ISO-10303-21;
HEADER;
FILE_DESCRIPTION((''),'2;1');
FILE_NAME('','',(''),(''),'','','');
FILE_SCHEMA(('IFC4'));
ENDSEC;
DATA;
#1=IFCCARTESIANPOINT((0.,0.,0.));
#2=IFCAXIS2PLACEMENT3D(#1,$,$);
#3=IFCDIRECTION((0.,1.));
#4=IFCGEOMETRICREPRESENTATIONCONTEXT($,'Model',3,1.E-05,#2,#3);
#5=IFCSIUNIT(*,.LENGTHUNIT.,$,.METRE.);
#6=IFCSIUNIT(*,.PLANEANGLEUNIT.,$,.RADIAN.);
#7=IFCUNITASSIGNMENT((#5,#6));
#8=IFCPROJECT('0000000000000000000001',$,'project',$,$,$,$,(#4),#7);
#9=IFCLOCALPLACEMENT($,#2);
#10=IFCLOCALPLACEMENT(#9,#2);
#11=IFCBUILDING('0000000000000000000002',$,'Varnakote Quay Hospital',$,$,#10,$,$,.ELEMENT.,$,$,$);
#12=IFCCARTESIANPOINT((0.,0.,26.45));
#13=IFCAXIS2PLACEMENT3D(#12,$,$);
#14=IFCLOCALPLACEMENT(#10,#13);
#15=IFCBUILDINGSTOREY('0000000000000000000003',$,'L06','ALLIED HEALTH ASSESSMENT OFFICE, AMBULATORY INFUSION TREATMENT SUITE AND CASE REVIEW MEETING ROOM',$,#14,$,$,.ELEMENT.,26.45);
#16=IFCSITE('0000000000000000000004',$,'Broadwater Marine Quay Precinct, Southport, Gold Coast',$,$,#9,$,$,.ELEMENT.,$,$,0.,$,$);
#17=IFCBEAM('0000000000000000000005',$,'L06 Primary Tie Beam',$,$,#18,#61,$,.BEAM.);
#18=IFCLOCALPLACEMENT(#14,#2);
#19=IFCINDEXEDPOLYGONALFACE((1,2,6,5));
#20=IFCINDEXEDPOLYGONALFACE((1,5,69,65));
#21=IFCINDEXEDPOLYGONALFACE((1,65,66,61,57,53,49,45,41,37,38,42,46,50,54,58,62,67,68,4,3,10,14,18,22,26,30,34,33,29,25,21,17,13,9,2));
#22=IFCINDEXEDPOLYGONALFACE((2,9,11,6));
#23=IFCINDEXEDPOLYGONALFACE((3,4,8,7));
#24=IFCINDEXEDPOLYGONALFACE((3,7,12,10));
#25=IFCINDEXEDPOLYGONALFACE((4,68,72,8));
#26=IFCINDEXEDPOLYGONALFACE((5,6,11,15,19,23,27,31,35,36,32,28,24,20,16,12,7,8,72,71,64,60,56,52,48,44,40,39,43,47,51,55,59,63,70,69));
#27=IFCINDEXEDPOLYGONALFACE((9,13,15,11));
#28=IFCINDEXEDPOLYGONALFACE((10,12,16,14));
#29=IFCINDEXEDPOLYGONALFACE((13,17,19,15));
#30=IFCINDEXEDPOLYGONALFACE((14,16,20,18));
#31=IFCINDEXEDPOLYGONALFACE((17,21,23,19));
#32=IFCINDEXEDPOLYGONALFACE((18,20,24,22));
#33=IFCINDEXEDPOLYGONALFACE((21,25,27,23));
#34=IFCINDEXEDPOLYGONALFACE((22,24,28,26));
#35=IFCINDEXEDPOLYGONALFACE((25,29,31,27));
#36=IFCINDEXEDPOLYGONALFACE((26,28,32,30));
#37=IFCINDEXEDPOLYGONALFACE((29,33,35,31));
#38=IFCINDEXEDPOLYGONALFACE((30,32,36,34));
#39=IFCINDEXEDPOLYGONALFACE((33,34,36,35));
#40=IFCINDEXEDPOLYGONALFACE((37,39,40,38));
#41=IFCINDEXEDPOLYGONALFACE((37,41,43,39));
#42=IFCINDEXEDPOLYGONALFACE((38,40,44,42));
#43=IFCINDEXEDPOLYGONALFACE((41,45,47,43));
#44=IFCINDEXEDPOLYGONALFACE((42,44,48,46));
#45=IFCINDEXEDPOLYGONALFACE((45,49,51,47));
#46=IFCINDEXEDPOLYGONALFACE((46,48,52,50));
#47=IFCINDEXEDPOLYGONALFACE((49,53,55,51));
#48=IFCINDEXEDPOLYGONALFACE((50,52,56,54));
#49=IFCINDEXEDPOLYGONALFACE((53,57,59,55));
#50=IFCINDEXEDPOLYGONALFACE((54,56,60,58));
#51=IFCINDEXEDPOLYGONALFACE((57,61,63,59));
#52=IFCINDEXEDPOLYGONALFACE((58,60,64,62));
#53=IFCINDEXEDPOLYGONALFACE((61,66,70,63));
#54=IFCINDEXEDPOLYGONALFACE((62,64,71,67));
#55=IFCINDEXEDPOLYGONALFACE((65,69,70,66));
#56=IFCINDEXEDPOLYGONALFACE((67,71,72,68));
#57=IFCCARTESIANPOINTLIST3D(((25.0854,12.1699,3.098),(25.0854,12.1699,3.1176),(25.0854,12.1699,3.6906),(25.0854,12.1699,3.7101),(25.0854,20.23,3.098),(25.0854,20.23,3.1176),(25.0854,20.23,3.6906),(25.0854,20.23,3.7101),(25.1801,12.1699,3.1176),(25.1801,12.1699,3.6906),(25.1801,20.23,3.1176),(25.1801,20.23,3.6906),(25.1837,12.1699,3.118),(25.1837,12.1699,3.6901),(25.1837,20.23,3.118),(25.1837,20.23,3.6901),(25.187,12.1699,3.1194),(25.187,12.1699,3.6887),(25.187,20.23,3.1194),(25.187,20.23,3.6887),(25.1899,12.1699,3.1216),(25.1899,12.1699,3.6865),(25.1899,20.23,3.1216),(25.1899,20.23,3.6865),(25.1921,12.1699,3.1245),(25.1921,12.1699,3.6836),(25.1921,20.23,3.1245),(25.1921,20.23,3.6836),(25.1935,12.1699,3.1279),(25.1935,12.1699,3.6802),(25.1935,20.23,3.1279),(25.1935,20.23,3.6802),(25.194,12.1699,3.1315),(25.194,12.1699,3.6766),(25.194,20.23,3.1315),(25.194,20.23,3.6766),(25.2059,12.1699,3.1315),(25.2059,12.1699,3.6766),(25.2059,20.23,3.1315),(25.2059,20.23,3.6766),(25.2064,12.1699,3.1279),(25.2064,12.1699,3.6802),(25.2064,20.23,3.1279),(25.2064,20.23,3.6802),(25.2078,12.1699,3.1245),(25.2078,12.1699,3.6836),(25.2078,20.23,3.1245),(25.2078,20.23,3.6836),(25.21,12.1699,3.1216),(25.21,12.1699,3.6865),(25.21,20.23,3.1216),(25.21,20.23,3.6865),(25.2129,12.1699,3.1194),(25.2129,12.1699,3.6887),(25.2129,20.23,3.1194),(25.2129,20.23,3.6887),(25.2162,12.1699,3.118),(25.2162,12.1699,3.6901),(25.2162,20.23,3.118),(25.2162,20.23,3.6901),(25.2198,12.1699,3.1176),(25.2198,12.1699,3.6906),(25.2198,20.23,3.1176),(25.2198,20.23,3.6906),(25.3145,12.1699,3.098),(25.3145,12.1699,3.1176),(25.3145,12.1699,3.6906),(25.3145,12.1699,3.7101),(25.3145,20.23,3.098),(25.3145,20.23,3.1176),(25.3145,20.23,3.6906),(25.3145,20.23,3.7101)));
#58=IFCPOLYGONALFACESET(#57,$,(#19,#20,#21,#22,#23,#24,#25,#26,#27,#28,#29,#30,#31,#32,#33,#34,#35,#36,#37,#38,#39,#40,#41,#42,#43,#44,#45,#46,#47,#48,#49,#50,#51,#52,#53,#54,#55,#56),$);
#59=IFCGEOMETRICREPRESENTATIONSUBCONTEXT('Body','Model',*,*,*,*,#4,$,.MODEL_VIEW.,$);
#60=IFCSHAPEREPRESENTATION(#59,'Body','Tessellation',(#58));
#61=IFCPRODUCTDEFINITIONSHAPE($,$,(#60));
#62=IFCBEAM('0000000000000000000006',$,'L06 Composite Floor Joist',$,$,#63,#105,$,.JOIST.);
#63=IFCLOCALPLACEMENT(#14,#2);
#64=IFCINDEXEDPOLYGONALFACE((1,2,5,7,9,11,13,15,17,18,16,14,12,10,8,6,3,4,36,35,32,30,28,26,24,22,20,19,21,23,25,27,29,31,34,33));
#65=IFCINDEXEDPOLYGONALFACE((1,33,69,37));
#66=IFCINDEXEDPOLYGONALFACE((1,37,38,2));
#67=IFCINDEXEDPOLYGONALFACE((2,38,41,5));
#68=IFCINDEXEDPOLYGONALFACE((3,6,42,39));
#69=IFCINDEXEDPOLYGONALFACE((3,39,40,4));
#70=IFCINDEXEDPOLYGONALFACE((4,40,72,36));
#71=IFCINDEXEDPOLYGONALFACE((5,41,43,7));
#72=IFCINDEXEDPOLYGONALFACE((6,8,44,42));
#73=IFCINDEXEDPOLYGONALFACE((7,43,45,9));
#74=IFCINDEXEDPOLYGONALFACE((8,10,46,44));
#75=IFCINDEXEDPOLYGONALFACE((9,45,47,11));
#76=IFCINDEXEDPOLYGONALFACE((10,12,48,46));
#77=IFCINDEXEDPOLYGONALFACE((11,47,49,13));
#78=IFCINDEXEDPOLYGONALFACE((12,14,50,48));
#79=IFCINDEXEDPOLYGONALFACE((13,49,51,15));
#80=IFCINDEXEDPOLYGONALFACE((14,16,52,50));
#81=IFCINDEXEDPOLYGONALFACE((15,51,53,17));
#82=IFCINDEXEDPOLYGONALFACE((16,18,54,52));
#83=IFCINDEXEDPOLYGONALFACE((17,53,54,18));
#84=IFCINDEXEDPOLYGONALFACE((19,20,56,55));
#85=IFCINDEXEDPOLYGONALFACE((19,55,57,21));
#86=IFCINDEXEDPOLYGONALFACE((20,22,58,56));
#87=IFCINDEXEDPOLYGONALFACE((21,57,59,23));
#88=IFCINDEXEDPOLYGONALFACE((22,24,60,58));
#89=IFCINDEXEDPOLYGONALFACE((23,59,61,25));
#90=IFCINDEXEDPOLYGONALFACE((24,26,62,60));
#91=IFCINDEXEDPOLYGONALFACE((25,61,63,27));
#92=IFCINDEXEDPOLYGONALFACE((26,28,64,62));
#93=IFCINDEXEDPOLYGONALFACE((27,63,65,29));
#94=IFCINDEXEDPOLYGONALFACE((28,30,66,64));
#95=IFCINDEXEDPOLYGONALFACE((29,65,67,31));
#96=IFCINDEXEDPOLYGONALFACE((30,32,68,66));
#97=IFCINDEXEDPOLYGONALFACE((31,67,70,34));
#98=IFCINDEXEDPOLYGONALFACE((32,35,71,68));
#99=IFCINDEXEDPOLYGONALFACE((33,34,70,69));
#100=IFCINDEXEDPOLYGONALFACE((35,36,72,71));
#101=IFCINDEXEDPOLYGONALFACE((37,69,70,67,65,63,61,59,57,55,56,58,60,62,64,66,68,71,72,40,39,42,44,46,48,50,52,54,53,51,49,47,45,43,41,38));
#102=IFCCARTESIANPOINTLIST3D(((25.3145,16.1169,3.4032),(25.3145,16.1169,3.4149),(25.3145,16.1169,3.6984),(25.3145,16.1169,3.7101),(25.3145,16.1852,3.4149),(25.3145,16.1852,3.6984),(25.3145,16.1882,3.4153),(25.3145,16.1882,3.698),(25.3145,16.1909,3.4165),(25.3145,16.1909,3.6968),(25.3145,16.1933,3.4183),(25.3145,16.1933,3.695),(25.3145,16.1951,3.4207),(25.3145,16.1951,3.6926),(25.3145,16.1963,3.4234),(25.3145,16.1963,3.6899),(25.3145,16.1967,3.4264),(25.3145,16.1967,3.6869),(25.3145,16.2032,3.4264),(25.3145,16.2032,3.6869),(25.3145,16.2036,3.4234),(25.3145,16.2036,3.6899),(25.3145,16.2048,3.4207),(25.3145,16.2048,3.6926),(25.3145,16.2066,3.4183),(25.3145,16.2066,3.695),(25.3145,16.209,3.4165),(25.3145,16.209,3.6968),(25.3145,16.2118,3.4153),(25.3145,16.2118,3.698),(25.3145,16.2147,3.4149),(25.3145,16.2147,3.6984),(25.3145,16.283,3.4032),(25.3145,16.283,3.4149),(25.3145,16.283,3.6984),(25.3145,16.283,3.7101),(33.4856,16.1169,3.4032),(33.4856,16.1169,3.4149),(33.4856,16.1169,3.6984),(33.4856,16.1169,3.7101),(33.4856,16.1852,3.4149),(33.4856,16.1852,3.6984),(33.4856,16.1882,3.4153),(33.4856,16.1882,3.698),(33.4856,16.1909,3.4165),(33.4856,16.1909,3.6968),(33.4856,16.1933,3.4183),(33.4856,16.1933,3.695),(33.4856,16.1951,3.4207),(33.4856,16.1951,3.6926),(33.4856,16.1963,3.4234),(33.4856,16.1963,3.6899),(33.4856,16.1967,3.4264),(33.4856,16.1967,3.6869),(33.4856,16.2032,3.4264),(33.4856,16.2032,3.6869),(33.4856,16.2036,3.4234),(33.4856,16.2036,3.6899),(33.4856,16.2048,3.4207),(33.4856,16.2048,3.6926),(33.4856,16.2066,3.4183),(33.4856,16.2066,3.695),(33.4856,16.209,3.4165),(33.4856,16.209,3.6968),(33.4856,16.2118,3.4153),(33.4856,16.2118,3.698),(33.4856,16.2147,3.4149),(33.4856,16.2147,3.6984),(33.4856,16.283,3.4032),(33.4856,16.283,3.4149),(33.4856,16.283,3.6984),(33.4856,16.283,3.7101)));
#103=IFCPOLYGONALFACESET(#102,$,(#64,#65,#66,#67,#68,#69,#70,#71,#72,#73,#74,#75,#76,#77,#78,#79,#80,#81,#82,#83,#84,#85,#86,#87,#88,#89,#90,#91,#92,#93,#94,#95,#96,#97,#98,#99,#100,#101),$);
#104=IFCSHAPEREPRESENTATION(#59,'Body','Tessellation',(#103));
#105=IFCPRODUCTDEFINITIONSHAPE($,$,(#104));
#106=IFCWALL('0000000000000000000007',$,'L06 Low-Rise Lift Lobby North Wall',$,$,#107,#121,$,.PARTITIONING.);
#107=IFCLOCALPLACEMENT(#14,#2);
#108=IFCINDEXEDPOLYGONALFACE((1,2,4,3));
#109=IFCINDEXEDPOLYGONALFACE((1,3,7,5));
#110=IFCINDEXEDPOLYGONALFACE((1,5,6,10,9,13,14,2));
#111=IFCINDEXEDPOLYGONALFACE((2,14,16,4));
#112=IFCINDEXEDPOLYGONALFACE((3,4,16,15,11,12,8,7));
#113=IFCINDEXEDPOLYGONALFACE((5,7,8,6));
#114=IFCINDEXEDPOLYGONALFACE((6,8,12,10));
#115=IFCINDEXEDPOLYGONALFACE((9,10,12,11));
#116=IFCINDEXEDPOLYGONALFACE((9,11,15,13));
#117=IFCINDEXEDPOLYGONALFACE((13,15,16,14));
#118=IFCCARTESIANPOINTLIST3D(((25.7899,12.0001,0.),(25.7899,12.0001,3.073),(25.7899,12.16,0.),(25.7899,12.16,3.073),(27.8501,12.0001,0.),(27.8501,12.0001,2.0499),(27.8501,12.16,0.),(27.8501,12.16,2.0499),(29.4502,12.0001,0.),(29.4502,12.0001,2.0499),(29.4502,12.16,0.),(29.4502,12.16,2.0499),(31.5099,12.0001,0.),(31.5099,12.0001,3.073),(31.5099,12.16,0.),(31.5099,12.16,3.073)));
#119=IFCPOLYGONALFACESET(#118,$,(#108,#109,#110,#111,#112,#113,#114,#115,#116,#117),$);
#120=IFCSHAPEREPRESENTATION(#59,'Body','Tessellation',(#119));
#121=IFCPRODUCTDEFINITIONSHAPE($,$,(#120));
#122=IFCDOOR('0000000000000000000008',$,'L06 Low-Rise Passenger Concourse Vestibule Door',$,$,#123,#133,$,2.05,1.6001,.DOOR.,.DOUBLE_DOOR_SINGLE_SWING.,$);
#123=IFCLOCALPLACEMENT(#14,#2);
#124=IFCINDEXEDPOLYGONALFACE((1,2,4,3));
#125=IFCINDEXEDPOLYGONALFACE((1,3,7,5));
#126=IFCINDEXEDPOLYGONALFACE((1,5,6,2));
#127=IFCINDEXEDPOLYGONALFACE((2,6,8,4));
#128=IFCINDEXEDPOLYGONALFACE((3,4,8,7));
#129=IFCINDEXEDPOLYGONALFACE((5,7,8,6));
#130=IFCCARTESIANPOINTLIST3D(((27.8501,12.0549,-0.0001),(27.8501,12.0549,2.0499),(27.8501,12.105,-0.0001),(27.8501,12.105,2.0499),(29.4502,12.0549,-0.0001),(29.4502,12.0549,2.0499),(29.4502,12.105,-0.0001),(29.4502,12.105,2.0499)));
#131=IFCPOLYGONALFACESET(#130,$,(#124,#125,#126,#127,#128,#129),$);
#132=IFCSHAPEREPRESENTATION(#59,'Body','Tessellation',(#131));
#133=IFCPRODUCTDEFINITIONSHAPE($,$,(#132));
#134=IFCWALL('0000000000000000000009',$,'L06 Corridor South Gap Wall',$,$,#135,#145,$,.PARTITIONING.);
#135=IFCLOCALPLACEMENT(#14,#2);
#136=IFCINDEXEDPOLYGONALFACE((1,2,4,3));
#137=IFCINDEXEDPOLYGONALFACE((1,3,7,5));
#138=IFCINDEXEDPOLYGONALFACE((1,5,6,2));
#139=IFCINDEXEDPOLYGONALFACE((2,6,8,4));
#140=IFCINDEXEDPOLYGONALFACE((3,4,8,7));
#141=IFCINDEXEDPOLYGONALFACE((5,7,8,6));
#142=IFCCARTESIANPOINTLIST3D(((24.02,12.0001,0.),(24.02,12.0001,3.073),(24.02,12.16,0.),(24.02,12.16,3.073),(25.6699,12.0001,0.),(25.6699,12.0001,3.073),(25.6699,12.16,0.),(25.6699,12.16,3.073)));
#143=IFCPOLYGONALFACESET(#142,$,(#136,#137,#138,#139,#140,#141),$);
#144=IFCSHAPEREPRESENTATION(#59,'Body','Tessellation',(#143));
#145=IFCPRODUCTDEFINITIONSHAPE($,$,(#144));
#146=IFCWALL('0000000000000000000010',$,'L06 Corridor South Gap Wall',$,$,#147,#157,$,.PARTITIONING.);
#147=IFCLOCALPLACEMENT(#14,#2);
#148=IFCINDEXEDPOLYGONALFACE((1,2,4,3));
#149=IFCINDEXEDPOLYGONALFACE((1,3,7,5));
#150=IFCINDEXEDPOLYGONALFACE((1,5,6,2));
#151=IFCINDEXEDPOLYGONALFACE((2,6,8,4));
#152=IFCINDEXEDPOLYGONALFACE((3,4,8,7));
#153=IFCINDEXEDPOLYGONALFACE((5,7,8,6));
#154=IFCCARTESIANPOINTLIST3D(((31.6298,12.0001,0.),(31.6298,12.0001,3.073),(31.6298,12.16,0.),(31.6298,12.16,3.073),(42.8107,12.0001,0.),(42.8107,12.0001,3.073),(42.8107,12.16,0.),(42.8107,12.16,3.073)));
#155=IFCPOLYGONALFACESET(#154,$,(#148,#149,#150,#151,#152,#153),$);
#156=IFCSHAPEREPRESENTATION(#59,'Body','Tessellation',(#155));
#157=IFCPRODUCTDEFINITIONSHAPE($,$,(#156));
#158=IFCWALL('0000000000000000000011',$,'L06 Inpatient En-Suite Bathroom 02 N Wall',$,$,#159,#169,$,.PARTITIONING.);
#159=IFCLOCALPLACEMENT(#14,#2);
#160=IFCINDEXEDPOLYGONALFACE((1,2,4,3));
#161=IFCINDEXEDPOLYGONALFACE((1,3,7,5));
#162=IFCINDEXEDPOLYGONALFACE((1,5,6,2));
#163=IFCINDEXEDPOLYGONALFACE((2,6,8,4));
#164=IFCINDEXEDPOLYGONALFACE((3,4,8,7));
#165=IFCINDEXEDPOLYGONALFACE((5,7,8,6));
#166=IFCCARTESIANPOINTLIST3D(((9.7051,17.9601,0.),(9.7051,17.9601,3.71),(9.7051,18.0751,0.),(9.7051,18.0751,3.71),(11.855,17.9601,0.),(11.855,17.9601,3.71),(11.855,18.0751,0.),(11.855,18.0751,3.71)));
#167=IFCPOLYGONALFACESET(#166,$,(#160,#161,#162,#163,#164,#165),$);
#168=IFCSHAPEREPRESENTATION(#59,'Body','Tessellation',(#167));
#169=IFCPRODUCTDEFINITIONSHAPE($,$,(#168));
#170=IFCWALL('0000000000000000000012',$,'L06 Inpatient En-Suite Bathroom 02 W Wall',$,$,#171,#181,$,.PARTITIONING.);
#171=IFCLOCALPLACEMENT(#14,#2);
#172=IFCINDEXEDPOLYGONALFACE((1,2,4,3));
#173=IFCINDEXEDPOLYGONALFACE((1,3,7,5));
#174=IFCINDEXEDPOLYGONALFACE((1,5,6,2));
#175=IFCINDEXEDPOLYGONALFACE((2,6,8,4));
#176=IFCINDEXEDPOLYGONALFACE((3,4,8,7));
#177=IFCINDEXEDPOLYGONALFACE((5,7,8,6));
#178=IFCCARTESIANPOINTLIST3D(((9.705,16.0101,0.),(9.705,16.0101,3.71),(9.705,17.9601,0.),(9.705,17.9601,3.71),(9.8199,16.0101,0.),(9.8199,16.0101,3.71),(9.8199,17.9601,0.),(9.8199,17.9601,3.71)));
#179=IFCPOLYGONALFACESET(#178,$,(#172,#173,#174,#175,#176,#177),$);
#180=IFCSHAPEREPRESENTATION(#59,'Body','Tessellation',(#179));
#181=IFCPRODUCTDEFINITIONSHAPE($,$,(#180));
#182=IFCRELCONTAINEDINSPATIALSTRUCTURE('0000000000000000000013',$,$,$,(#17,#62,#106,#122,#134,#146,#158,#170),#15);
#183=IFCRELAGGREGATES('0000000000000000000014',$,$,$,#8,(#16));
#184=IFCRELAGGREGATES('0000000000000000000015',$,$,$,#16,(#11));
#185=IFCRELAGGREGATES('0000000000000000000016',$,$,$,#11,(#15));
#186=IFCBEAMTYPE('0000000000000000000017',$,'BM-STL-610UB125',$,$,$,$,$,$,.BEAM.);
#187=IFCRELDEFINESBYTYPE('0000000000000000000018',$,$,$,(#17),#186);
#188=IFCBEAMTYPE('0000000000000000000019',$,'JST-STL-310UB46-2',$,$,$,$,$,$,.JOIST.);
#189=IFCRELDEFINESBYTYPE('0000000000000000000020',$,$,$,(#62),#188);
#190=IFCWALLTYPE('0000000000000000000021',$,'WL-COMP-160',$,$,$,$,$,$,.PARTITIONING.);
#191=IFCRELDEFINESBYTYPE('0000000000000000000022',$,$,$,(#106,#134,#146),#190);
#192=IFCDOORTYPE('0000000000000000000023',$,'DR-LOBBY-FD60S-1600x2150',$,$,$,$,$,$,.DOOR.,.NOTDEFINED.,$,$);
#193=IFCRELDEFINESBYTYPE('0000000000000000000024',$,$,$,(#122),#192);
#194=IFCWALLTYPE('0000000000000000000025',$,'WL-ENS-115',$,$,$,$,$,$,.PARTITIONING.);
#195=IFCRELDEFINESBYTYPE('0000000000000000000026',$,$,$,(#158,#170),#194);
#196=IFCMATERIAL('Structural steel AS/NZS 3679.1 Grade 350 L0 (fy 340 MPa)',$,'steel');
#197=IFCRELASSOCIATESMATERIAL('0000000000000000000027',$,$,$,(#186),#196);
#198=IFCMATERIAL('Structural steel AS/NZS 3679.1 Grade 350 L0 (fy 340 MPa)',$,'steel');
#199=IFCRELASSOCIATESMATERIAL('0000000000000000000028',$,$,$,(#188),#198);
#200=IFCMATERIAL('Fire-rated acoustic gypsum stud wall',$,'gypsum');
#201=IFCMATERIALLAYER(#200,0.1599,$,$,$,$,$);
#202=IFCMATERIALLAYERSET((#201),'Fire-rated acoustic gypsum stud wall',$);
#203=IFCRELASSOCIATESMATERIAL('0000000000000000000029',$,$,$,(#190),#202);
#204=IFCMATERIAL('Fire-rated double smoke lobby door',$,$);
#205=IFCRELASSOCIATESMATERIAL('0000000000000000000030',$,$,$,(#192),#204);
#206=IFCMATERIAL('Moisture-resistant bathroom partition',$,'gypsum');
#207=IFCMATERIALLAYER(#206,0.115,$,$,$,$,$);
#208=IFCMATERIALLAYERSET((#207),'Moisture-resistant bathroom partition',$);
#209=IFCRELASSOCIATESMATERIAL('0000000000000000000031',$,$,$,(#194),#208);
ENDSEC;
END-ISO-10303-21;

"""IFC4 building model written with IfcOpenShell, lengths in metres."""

from ifc_helpers import new_model, si_unit, direction, frame, frame_2d, origin, origin_2d, place, context, subcontext, project, spatial, rectangle, i_section, extrude, material, layer, layer_set, material_profile, profile_set, type_object, element, fill, save


model = new_model("IFC4")

# Units and contexts
model_context = context("Model", 3, precision=1e-05, world=origin(), true_north=direction((0.0, 1.0)))
body_context = subcontext(model_context, "Body", "Model", "MODEL_VIEW")
ifc_project = project(units=[si_unit("LENGTHUNIT", "METRE"), si_unit("PLANEANGLEUNIT", "RADIAN")], contexts=[model_context])

# Site, building, storey
site_placement = place(None, origin())
site = spatial("IfcSite", under=ifc_project, at=site_placement, Name="Broadwater Marine Quay Precinct, Southport, Gold Coast", CompositionType="ELEMENT", RefElevation=0.0)
building_placement = place(site_placement, origin())
building = spatial("IfcBuilding", under=site, at=building_placement, Name="Varnakote Quay Hospital", CompositionType="ELEMENT")
storey_placement = place(building_placement, frame((0.0, 0.0, 26.45)))
storey = spatial("IfcBuildingStorey", under=building, at=storey_placement, Name="L06", Description="ALLIED HEALTH ASSESSMENT OFFICE, AMBULATORY INFUSION TREATMENT SUITE AND CASE REVIEW MEETING ROOM", CompositionType="ELEMENT", Elevation=26.45)

# Beams
ifc_material_1 = material(Name="Structural steel AS/NZS 3679.1 Grade 350 L0 (fy 340 MPa)", Category="steel")
ifc_material_profile_1 = material_profile(ifc_material_1, i_section(OverallWidth=0.229, OverallDepth=0.6121, WebThickness=0.012, FlangeThickness=0.0195, FilletRadius=0.0139, at=origin_2d()), Name="610UB125")
ifc_profile_set_1 = profile_set([ifc_material_profile_1], Name="Structural steel AS/NZS 3679.1 Grade 350 L0 (fy 340 MPa)")
beam_type_1 = type_object("IfcBeamType", Name="BM-STL-610UB125", PredefinedType="BEAM", material=ifc_profile_set_1)
beam_1_placement = place(storey_placement, frame((25.2, 12.1699, 3.4041), z_axis=(0.0, 1.0, 0.0), x_axis=(-1.0, 0.0, 0.0)))
element("IfcBeam", 1, at=beam_1_placement, inside=storey, type_object=beam_type_1, Name="L06 Primary Tie Beam", PredefinedType="BEAM", context=body_context, shape_type="SweptSolid", body=[
    extrude(i_section(OverallWidth=0.229, OverallDepth=0.6121, WebThickness=0.012, FlangeThickness=0.0195, FilletRadius=0.0139, at=origin_2d()), origin(), (0.0, 0.0, 1.0), 8.0601),
])
ifc_material_2 = material(Name="Structural steel AS/NZS 3679.1 Grade 350 L0 (fy 340 MPa)", Category="steel")
ifc_material_profile_2 = material_profile(ifc_material_2, i_section(OverallWidth=0.166, OverallDepth=0.3069, WebThickness=0.0066, FlangeThickness=0.0117, FilletRadius=0.0115, at=origin_2d()), Name="310UB46.2")
ifc_profile_set_2 = profile_set([ifc_material_profile_2], Name="Structural steel AS/NZS 3679.1 Grade 350 L0 (fy 340 MPa)")
beam_type_2 = type_object("IfcBeamType", Name="JST-STL-310UB46-2", PredefinedType="JOIST", material=ifc_profile_set_2)
beam_2_placement = place(storey_placement, frame((25.3145, 16.2, 3.5566), z_axis=(1.0, 0.0, 0.0), x_axis=(0.0, 1.0, 0.0)))
element("IfcBeam", 2, at=beam_2_placement, inside=storey, type_object=beam_type_2, Name="L06 Composite Floor Joist", PredefinedType="JOIST", context=body_context, shape_type="SweptSolid", body=[
    extrude(i_section(OverallWidth=0.166, OverallDepth=0.3069, WebThickness=0.0066, FlangeThickness=0.0117, FilletRadius=0.0115, at=origin_2d()), origin(), (0.0, 0.0, 1.0), 8.1711),
])

# Wall, opening, door
ifc_material_3 = material(Name="Fire-rated acoustic gypsum stud wall", Category="gypsum")
ifc_layer_1 = layer(ifc_material_3, 0.1599)
ifc_layer_set_1 = layer_set([ifc_layer_1], Name="Fire-rated acoustic gypsum stud wall")
wall_type_1 = type_object("IfcWallType", Name="WL-COMP-160", PredefinedType="PARTITIONING", material=ifc_layer_set_1)
wall_1_placement = place(storey_placement, frame((25.79, 12.0801, 0.0), z_axis=(0.0, 0.0, 1.0), x_axis=(1.0, 0.0, 0.0)))
wall_1 = element("IfcWall", 3, at=wall_1_placement, inside=storey, type_object=wall_type_1, Name="L06 Low-Rise Lift Lobby North Wall", PredefinedType="PARTITIONING", context=body_context, shape_type="SweptSolid", body=[
    extrude(rectangle(XDim=5.72, YDim=0.1599, at=frame_2d((2.8599, 0.0))), origin(), (0.0, 0.0, 1.0), 3.073),
])
opening_1_placement = place(wall_1_placement, frame((2.0601, 0.0, 0.0)))
opening_1 = element("IfcOpeningElement", 4, at=opening_1_placement, cuts=wall_1, PredefinedType="OPENING", context=body_context, shape_type="SweptSolid", body=[
    extrude(rectangle(XDim=1.6001, YDim=2.05, at=frame_2d((0.8, 1.0249))), frame((0.0, 0.0898, 0.0), z_axis=(0.0, -1.0, 0.0), x_axis=(1.0, 0.0, 0.0)), (0.0, 0.0, 1.0), 0.1799),
])
ifc_material_4 = material(Name="Fire-rated double smoke lobby door")
door_type_1 = type_object("IfcDoorType", Name="DR-LOBBY-FD60S-1600x2150", OperationType="NOTDEFINED", PredefinedType="DOOR", material=ifc_material_4)
door_1_placement = place(opening_1_placement, origin())
door_1 = element("IfcDoor", 5, at=door_1_placement, inside=storey, type_object=door_type_1, Name="L06 Low-Rise Passenger Concourse Vestibule Door", OperationType="DOUBLE_DOOR_SINGLE_SWING", OverallHeight=2.05, OverallWidth=1.6001, PredefinedType="DOOR", context=body_context, shape_type="SweptSolid", body=[
    extrude(rectangle(XDim=1.6001, YDim=2.05, at=frame_2d((0.8, 1.0249))), frame((0.0, 0.0249, 0.0), z_axis=(0.0, -1.0, 0.0), x_axis=(1.0, 0.0, 0.0)), (0.0, 0.0, 1.0), 0.05),
])
fill(opening_1, door_1)

# Walls
wall_2_placement = place(storey_placement, frame((24.02, 12.0801, 0.0), z_axis=(0.0, 0.0, 1.0), x_axis=(1.0, 0.0, 0.0)))
element("IfcWall", 6, at=wall_2_placement, inside=storey, type_object=wall_type_1, Name="L06 Corridor South Gap Wall", PredefinedType="PARTITIONING", context=body_context, shape_type="SweptSolid", body=[
    extrude(rectangle(XDim=1.6499, YDim=0.1599, at=frame_2d((0.825, 0.0))), origin(), (0.0, 0.0, 1.0), 3.073),
])
wall_3_placement = place(storey_placement, frame((31.6299, 12.0801, 0.0), z_axis=(0.0, 0.0, 1.0), x_axis=(1.0, 0.0, 0.0)))
element("IfcWall", 7, at=wall_3_placement, inside=storey, type_object=wall_type_1, Name="L06 Corridor South Gap Wall", PredefinedType="PARTITIONING", context=body_context, shape_type="SweptSolid", body=[
    extrude(rectangle(XDim=11.1809, YDim=0.1599, at=frame_2d((5.5903, 0.0))), origin(), (0.0, 0.0, 1.0), 3.073),
])
ifc_material_5 = material(Name="Moisture-resistant bathroom partition", Category="gypsum")
ifc_layer_2 = layer(ifc_material_5, 0.115)
ifc_layer_set_2 = layer_set([ifc_layer_2], Name="Moisture-resistant bathroom partition")
wall_type_2 = type_object("IfcWallType", Name="WL-ENS-115", PredefinedType="PARTITIONING", material=ifc_layer_set_2)
wall_4_placement = place(storey_placement, frame((9.7051, 18.0176, 0.0), z_axis=(0.0, 0.0, 1.0), x_axis=(1.0, 0.0, 0.0)))
element("IfcWall", 8, at=wall_4_placement, inside=storey, type_object=wall_type_2, Name="L06 Inpatient En-Suite Bathroom 02 N Wall", PredefinedType="PARTITIONING", context=body_context, shape_type="SweptSolid", body=[
    extrude(rectangle(XDim=2.1499, YDim=0.115, at=frame_2d((1.075, 0.0))), origin(), (0.0, 0.0, 1.0), 3.71),
])
wall_5_placement = place(storey_placement, frame((9.7625, 16.01, 0.0), z_axis=(0.0, 0.0, 1.0), x_axis=(0.0, 1.0, 0.0)))
element("IfcWall", 9, at=wall_5_placement, inside=storey, type_object=wall_type_2, Name="L06 Inpatient En-Suite Bathroom 02 W Wall", PredefinedType="PARTITIONING", context=body_context, shape_type="SweptSolid", body=[
    extrude(rectangle(XDim=1.95, YDim=0.115, at=frame_2d((0.9751, 0.0))), origin(), (0.0, 0.0, 1.0), 3.71),
])

save(model, "model.ifc")
